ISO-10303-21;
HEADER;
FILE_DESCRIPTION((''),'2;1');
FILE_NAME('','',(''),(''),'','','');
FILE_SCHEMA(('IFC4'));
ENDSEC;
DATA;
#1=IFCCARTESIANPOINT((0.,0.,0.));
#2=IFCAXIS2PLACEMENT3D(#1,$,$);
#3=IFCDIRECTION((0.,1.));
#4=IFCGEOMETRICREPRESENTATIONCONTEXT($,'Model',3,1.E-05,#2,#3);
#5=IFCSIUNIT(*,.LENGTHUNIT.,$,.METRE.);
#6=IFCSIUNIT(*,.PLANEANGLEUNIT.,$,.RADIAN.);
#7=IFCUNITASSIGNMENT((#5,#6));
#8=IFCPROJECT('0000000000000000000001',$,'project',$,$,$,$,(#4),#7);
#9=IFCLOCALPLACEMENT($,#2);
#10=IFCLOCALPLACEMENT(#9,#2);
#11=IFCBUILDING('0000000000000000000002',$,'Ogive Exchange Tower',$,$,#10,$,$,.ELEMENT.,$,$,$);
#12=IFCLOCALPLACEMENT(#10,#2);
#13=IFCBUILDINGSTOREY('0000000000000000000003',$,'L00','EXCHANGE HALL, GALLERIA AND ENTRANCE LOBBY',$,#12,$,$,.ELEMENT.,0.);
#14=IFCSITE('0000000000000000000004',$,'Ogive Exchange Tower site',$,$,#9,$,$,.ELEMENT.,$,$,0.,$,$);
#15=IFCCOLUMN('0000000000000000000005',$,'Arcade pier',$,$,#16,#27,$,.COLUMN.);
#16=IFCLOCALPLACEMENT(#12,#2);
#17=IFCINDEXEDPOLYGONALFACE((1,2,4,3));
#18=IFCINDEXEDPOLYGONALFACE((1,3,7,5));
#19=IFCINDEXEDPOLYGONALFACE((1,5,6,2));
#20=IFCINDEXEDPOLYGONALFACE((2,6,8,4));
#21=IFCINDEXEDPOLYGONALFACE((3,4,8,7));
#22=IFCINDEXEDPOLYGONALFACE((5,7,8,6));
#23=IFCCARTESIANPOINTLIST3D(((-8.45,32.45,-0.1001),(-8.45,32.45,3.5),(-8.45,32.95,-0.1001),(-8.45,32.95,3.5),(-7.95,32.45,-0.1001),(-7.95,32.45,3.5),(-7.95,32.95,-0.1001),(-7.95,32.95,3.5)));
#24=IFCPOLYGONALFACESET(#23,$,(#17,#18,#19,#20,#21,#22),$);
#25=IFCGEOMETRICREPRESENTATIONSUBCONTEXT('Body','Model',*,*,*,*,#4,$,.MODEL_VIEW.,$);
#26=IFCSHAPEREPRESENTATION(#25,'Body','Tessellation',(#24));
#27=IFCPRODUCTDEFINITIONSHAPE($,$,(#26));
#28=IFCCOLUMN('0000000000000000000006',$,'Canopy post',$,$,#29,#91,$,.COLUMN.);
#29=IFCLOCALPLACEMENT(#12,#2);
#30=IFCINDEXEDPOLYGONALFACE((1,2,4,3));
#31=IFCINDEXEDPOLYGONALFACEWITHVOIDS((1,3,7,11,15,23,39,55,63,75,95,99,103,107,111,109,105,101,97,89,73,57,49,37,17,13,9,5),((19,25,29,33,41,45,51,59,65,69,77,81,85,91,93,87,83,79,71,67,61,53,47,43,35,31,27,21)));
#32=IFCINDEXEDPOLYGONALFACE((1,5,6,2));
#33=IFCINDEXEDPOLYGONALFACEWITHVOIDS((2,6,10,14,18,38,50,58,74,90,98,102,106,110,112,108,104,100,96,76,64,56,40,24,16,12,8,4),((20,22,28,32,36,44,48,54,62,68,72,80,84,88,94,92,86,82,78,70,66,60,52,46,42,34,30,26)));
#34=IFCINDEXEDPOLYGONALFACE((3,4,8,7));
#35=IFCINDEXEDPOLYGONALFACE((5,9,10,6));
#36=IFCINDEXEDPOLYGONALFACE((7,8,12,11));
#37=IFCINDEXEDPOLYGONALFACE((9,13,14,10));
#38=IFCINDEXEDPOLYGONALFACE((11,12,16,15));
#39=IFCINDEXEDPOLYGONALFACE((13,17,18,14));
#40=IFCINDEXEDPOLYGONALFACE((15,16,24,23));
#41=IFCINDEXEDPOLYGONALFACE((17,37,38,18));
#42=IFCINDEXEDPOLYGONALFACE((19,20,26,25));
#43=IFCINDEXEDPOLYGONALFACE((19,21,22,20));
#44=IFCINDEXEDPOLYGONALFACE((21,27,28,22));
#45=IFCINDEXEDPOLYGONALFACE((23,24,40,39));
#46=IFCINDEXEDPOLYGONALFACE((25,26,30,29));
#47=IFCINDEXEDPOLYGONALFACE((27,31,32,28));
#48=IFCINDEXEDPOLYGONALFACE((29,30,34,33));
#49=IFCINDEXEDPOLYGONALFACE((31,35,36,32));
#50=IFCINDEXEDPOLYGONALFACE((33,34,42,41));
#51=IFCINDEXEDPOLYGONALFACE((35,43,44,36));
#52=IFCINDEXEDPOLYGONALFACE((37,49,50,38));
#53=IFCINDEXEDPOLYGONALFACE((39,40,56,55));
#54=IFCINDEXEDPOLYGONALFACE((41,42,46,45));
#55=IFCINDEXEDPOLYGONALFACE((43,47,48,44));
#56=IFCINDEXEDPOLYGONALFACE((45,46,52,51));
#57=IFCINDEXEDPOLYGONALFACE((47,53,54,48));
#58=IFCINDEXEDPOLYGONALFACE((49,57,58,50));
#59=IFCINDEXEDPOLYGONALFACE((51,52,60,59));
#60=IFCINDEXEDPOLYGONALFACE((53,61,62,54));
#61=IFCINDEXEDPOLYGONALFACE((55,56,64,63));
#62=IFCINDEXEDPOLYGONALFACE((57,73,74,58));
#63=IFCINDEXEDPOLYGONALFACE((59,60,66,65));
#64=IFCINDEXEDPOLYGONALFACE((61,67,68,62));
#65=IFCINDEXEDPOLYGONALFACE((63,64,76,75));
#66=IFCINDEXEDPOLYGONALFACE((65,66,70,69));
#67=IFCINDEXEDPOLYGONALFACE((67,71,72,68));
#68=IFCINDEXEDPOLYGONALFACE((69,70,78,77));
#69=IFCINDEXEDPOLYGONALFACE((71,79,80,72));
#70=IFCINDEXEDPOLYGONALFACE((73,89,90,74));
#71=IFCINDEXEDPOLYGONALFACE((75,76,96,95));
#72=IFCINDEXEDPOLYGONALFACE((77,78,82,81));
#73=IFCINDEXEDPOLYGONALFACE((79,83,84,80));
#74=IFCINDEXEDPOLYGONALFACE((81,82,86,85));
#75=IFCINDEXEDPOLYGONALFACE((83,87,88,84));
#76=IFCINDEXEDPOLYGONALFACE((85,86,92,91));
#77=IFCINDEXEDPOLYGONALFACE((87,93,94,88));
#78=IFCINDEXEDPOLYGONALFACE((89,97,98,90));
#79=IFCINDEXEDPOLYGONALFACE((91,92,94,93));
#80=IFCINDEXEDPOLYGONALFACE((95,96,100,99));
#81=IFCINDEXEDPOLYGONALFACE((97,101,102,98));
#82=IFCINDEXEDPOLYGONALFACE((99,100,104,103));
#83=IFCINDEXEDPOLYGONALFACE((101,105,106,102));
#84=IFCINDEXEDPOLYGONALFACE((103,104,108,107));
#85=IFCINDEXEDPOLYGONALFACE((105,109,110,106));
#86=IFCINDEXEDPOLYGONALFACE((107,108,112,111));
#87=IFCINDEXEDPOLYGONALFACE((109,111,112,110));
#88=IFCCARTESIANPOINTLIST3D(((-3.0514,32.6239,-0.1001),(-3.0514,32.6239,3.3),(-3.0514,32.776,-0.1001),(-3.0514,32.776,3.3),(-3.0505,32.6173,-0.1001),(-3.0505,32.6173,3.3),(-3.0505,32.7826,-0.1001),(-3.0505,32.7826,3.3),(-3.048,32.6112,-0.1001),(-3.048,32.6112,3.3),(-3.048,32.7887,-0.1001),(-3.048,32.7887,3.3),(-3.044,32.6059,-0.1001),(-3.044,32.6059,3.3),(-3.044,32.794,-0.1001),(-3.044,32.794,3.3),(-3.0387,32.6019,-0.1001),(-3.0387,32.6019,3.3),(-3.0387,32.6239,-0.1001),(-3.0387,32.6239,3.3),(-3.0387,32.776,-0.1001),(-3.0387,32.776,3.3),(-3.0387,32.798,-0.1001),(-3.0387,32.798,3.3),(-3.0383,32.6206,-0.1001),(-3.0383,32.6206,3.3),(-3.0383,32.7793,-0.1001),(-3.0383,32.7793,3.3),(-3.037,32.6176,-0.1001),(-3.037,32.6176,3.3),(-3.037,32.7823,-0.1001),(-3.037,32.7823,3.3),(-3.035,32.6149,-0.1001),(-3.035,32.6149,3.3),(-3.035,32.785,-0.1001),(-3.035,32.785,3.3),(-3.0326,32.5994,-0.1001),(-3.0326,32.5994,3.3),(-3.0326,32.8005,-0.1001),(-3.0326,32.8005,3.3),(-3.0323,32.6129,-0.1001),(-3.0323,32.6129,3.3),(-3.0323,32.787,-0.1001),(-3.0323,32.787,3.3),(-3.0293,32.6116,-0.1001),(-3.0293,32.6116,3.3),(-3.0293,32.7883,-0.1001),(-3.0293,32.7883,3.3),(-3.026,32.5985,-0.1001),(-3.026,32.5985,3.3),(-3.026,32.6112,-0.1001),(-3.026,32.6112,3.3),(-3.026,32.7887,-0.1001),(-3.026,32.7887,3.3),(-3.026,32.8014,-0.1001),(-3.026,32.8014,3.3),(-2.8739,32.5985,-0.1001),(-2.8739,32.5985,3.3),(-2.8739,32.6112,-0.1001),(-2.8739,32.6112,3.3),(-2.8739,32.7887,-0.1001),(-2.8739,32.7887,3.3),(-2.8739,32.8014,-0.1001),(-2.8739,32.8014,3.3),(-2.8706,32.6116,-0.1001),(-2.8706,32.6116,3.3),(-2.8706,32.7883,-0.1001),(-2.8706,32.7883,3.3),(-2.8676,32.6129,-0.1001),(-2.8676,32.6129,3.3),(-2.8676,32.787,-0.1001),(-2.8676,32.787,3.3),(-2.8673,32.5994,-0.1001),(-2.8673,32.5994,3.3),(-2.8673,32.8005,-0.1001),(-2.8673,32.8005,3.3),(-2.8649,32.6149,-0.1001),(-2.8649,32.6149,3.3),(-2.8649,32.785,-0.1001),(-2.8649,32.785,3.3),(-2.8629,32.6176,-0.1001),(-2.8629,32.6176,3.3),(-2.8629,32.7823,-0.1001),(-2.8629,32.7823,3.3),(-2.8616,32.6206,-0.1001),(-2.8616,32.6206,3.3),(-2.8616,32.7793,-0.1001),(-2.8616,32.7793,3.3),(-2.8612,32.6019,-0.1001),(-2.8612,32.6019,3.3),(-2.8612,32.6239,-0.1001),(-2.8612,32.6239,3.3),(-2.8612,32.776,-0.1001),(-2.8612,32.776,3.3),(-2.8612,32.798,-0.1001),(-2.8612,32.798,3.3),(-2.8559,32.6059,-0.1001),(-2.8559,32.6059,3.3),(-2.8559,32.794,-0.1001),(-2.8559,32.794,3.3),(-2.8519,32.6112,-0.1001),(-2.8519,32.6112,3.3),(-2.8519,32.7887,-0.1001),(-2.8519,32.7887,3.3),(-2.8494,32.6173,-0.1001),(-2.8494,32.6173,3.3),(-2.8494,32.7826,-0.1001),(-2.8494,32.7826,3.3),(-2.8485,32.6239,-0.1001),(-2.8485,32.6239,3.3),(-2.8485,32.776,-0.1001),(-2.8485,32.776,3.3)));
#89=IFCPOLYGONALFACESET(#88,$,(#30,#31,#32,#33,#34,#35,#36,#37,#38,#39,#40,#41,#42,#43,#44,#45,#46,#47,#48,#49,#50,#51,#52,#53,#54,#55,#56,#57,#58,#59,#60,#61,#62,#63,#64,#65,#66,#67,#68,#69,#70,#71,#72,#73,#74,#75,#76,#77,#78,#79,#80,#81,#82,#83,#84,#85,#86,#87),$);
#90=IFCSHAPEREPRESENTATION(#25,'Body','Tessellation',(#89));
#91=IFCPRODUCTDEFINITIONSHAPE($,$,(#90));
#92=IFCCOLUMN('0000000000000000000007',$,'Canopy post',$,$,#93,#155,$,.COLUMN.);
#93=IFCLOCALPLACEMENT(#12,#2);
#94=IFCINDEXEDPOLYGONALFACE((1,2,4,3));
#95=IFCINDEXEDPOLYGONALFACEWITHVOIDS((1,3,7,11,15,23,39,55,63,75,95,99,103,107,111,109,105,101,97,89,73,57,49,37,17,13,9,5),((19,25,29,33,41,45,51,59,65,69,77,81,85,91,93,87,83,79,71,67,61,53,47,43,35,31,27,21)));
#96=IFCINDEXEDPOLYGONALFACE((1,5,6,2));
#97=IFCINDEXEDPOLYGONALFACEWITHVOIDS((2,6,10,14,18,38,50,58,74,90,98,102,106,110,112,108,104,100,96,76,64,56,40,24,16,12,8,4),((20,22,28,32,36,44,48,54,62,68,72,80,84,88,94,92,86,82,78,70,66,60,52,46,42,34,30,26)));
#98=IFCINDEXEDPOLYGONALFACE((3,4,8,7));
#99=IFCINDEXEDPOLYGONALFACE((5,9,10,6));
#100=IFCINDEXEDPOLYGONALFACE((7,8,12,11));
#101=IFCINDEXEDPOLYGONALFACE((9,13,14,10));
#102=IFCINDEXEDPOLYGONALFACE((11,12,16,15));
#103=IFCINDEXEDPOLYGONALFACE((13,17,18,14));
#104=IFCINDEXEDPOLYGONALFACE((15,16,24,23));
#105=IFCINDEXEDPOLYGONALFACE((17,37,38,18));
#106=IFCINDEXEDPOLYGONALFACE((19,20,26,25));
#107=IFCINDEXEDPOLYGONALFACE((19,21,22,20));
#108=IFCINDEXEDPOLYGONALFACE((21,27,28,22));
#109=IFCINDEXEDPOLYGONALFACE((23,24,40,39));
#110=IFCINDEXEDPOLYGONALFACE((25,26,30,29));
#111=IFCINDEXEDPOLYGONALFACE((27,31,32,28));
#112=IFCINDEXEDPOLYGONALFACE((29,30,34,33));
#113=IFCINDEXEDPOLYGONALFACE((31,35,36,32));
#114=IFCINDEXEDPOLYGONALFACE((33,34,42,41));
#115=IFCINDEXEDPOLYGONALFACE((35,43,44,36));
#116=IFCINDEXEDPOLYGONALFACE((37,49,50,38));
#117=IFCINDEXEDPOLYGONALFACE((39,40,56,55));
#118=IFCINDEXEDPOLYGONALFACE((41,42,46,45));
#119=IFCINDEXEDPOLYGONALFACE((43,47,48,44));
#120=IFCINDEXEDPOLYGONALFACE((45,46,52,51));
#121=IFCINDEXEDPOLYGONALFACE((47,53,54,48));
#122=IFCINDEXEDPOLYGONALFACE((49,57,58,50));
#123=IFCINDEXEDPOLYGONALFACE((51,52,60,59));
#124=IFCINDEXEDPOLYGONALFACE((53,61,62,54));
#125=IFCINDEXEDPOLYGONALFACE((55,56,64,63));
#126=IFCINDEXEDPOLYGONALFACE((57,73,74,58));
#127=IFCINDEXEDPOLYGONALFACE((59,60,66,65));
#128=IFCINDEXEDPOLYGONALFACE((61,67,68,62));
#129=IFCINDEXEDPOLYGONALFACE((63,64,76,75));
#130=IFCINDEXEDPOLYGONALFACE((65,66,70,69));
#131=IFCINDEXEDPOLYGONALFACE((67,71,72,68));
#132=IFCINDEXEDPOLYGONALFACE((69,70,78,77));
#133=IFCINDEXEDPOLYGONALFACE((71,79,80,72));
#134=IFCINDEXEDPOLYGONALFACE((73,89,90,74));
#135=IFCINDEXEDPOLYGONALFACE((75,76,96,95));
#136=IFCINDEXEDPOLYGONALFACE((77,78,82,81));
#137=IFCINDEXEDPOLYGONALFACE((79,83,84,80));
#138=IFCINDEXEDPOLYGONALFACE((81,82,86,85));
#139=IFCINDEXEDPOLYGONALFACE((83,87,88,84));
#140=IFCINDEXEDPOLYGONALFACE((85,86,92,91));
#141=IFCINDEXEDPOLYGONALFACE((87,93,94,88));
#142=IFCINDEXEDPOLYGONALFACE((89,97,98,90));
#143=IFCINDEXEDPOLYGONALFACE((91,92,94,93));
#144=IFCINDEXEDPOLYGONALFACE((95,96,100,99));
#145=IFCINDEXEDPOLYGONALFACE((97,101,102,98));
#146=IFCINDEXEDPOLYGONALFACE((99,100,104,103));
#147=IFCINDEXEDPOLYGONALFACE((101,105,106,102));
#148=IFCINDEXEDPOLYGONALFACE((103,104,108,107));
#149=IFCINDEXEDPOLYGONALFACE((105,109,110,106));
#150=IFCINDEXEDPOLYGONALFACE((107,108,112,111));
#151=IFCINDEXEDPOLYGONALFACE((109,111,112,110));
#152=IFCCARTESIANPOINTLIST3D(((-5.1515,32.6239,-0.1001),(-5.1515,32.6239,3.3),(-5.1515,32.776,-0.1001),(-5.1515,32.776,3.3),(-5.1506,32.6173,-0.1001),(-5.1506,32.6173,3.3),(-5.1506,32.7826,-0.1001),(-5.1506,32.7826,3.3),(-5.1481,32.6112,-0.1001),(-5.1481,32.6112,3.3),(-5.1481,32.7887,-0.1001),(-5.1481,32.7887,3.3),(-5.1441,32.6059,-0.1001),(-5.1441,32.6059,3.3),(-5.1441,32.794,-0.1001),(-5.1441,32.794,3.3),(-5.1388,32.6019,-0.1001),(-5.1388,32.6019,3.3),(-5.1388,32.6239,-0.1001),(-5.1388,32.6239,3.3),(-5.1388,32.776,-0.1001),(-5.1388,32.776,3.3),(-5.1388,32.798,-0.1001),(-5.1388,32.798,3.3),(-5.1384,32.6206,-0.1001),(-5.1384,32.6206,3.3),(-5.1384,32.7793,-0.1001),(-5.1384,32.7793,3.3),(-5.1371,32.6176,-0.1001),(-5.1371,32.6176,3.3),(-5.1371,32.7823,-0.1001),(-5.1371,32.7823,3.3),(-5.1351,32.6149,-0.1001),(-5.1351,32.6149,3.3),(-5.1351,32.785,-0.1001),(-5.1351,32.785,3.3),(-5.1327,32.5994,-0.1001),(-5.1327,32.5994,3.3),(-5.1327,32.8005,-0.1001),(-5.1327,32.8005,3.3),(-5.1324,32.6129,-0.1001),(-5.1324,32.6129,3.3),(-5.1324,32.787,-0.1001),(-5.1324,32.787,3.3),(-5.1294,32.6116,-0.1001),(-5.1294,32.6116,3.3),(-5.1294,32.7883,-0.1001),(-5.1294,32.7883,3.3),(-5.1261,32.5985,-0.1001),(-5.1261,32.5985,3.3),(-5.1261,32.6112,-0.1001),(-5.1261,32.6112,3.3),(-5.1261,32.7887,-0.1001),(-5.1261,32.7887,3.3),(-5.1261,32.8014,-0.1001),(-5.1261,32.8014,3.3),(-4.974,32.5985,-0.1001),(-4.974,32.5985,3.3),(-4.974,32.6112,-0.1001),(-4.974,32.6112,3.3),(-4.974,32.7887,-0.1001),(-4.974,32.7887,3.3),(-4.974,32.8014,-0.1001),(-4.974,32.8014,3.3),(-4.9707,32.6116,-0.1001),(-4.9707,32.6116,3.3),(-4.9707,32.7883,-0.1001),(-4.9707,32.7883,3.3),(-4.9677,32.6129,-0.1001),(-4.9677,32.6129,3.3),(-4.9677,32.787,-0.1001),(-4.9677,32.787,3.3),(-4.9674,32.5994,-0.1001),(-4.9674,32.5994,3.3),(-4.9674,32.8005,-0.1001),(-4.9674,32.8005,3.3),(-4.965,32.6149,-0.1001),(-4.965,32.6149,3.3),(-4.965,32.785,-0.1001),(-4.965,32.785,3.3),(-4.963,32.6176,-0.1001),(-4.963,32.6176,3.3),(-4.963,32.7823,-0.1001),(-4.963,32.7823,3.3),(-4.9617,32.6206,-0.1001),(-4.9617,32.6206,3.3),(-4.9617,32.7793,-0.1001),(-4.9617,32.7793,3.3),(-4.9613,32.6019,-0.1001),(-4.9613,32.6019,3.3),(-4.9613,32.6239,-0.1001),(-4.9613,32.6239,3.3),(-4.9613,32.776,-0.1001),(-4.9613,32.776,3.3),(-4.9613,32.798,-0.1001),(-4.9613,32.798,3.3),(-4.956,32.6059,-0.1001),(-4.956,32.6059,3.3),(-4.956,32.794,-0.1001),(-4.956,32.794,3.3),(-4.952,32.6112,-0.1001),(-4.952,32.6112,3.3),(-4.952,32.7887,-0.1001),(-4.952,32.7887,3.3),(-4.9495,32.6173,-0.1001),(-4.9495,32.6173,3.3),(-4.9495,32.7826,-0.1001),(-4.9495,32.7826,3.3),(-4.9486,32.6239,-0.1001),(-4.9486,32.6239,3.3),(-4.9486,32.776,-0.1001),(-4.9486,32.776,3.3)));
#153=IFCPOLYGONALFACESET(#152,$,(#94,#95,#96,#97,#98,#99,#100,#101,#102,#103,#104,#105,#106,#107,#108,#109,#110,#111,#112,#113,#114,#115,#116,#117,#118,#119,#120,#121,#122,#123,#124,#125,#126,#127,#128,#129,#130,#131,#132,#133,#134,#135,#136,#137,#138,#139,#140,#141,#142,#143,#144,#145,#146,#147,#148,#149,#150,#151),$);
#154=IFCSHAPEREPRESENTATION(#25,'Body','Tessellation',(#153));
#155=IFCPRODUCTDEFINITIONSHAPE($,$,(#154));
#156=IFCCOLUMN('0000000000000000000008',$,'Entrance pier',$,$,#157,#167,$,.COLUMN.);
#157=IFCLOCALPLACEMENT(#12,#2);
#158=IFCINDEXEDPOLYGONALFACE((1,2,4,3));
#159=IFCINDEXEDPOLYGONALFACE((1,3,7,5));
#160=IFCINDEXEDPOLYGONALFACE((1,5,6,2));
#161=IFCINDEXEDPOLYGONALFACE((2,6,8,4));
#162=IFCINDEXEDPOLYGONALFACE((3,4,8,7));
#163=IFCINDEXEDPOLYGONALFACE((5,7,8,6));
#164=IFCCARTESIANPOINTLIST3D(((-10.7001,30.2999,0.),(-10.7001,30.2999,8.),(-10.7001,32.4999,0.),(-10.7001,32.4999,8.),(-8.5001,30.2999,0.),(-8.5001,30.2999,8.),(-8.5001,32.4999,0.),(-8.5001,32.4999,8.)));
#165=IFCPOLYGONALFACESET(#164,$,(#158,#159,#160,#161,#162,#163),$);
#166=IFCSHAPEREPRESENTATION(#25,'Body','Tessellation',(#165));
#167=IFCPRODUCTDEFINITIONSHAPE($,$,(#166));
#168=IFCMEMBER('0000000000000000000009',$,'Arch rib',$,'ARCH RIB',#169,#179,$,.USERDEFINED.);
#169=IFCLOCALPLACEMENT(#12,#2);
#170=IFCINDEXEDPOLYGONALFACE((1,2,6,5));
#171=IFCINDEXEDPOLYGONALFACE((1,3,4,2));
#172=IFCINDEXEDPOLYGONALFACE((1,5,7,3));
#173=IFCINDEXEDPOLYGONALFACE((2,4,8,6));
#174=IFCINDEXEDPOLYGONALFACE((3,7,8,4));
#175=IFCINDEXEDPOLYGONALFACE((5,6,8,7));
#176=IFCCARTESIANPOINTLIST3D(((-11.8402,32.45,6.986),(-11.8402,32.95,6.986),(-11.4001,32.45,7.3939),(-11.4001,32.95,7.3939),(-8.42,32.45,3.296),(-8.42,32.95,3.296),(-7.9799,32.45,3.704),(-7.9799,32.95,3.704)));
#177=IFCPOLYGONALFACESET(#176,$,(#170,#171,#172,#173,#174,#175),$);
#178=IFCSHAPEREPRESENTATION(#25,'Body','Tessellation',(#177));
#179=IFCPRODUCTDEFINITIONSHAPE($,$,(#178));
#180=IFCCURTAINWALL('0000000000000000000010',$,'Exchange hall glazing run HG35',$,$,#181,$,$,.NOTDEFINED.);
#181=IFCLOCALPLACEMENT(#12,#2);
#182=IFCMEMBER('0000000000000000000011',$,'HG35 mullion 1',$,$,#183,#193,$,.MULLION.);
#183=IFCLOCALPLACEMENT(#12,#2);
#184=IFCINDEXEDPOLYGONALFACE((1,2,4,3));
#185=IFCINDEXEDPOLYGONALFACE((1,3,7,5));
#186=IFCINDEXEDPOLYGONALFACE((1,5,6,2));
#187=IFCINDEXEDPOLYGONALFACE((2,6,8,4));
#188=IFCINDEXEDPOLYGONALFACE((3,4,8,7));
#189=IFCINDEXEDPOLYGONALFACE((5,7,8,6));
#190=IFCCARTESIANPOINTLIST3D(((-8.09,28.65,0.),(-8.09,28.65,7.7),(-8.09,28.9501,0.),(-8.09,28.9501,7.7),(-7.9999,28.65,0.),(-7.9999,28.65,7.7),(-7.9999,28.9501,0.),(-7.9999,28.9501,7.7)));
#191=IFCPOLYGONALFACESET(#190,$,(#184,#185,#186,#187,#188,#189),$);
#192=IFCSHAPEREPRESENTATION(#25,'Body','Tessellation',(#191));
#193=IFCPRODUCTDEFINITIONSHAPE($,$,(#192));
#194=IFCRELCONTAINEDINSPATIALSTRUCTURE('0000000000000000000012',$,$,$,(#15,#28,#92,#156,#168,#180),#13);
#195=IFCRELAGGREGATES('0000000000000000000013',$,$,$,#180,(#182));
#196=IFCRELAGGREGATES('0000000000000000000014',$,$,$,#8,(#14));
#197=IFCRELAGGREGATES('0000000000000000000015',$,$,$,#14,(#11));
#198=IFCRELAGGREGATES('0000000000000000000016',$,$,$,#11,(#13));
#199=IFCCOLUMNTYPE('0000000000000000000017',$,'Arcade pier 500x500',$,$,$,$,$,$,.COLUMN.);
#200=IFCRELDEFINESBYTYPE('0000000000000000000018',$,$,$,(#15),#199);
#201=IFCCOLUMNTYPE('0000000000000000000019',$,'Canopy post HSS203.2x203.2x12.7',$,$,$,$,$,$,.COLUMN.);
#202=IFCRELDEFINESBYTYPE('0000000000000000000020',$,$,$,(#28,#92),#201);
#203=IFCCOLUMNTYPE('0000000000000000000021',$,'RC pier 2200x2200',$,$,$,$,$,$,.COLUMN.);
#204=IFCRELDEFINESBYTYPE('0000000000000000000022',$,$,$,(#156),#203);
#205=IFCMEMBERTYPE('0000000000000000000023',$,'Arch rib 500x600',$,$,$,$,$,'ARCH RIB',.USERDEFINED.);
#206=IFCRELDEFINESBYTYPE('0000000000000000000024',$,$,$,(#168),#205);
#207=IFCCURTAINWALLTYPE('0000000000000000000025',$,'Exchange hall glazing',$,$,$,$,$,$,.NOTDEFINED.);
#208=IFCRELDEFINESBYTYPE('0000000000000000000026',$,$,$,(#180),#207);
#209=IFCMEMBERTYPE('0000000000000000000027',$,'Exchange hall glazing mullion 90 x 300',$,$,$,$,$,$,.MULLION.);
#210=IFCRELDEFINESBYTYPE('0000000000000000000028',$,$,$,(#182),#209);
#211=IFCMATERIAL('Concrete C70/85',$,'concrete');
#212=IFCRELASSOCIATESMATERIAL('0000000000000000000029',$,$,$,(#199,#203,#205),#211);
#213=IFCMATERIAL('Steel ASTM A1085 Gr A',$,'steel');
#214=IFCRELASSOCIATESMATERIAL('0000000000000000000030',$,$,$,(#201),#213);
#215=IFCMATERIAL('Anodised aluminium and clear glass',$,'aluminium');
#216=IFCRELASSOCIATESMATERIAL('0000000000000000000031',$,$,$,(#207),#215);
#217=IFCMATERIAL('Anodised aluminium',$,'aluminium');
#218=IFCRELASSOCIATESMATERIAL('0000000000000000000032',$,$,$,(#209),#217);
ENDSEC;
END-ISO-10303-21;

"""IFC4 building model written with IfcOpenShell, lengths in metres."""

from ifc_helpers import new_model, si_unit, direction, frame, origin, origin_2d, place, context, subcontext, project, spatial, rectangle, hollow_rectangle, extrude, material, material_profile, profile_set, type_object, element, aggregate, save


model = new_model("IFC4")

# Units and contexts
model_context = context("Model", 3, precision=1e-05, world=origin(), true_north=direction((0.0, 1.0)))
body_context = subcontext(model_context, "Body", "Model", "MODEL_VIEW")
ifc_project = project(units=[si_unit("LENGTHUNIT", "METRE"), si_unit("PLANEANGLEUNIT", "RADIAN")], contexts=[model_context])

# Site, building, storey
site_placement = place(None, origin())
site = spatial("IfcSite", under=ifc_project, at=site_placement, Name="Ogive Exchange Tower site", CompositionType="ELEMENT", RefElevation=0.0)
building_placement = place(site_placement, origin())
building = spatial("IfcBuilding", under=site, at=building_placement, Name="Ogive Exchange Tower", CompositionType="ELEMENT")
storey_placement = place(building_placement, origin())
storey = spatial("IfcBuildingStorey", under=building, at=storey_placement, Name="L00", Description="EXCHANGE HALL, GALLERIA AND ENTRANCE LOBBY", CompositionType="ELEMENT", Elevation=0.0)

# Columns
ifc_material_1 = material(Name="Concrete C70/85", Category="concrete")
ifc_material_profile_1 = material_profile(ifc_material_1, rectangle(XDim=0.5, YDim=0.5, at=origin_2d()), Name="RC 500x500")
ifc_profile_set_1 = profile_set([ifc_material_profile_1], Name="Concrete C70/85")
column_type_1 = type_object("IfcColumnType", Name="Arcade pier 500x500", PredefinedType="COLUMN", material=ifc_profile_set_1)
column_1_placement = place(storey_placement, frame((-8.2, 32.7, -0.1001), z_axis=(0.0, 0.0, 1.0), x_axis=(1.0, 0.0, 0.0)))
element("IfcColumn", 1, at=column_1_placement, inside=storey, type_object=column_type_1, Name="Arcade pier", PredefinedType="COLUMN", context=body_context, shape_type="SweptSolid", body=[
    extrude(rectangle(XDim=0.5, YDim=0.5, at=origin_2d()), origin(), (0.0, 0.0, 1.0), 3.6001),
])
ifc_material_2 = material(Name="Steel ASTM A1085 Gr A", Category="steel")
ifc_material_profile_2 = material_profile(ifc_material_2, hollow_rectangle(XDim=0.2029, YDim=0.2029, WallThickness=0.0127, InnerFilletRadius=0.0127, OuterFilletRadius=0.0254, at=origin_2d()), Name="HSS203.2x203.2x12.7")
ifc_profile_set_2 = profile_set([ifc_material_profile_2], Name="Steel ASTM A1085 Gr A")
column_type_2 = type_object("IfcColumnType", Name="Canopy post HSS203.2x203.2x12.7", PredefinedType="COLUMN", material=ifc_profile_set_2)
for number, where, z_axis, x_axis, name in (
    (2, (-2.95, 32.7, -0.1001), (0.0, 0.0, 1.0), (-1.0, 0.0, 0.0), "Canopy post"),
    (3, (-5.05, 32.7, -0.1001), (0.0, 0.0, 1.0), (-1.0, 0.0, 0.0), "Canopy post"),
):
    element("IfcColumn", number, at=place(storey_placement, frame(where, z_axis=z_axis, x_axis=x_axis)), inside=storey, type_object=column_type_2, Name=name, PredefinedType="COLUMN", context=body_context, shape_type="SweptSolid", body=[
        extrude(hollow_rectangle(XDim=0.2029, YDim=0.2029, WallThickness=0.0127, InnerFilletRadius=0.0127, OuterFilletRadius=0.0254, at=origin_2d()), origin(), (0.0, 0.0, 1.0), 3.4001),
    ])
ifc_material_profile_3 = material_profile(ifc_material_1, rectangle(XDim=2.2, YDim=2.2, at=origin_2d()), Name="RC 2200x2200")
ifc_profile_set_3 = profile_set([ifc_material_profile_3], Name="Concrete C70/85")
column_type_3 = type_object("IfcColumnType", Name="RC pier 2200x2200", PredefinedType="COLUMN", material=ifc_profile_set_3)
column_2_placement = place(storey_placement, frame((-9.6001, 31.3999, 0.0), z_axis=(0.0, 0.0, 1.0), x_axis=(1.0, 0.0, 0.0)))
element("IfcColumn", 4, at=column_2_placement, inside=storey, type_object=column_type_3, Name="Entrance pier", PredefinedType="COLUMN", context=body_context, shape_type="SweptSolid", body=[
    extrude(rectangle(XDim=2.2, YDim=2.2, at=origin_2d()), origin(), (0.0, 0.0, 1.0), 8.0),
])

# Member
ifc_material_profile_4 = material_profile(ifc_material_1, rectangle(XDim=0.5, YDim=0.6001, at=origin_2d()), Name="PC 500x600")
ifc_profile_set_4 = profile_set([ifc_material_profile_4], Name="Concrete C70/85")
member_type_1 = type_object("IfcMemberType", Name="Arch rib 500x600", ElementType="ARCH RIB", PredefinedType="USERDEFINED", material=ifc_profile_set_4)
member_1_placement = place(storey_placement, frame((-8.2, 32.7, 3.5), z_axis=(-0.679788, 0.0, 0.733408), x_axis=(0.0, -1.0, 0.0)))
element("IfcMember", 5, at=member_1_placement, inside=storey, type_object=member_type_1, Name="Arch rib", ObjectType="ARCH RIB", PredefinedType="USERDEFINED", context=body_context, shape_type="SweptSolid", body=[
    extrude(rectangle(XDim=0.5, YDim=0.6001, at=origin_2d()), origin(), (0.0, 0.0, 1.0), 5.0312),
])

# Curtain wall, member
ifc_material_3 = material(Name="Anodised aluminium and clear glass", Category="aluminium")
curtain_wall_type = type_object("IfcCurtainWallType", Name="Exchange hall glazing", PredefinedType="NOTDEFINED", material=ifc_material_3)
curtain_wall_placement = place(storey_placement, origin())
curtain_wall = element("IfcCurtainWall", 6, at=curtain_wall_placement, inside=storey, type_object=curtain_wall_type, Name="Exchange hall glazing run HG35", PredefinedType="NOTDEFINED")
ifc_material_4 = material(Name="Anodised aluminium", Category="aluminium")
ifc_material_profile_5 = material_profile(ifc_material_4, rectangle(XDim=0.3, YDim=0.0901, at=origin_2d()), Name="AL 90x300")
ifc_profile_set_5 = profile_set([ifc_material_profile_5], Name="Anodised aluminium")
member_type_2 = type_object("IfcMemberType", Name="Exchange hall glazing mullion 90 x 300", PredefinedType="MULLION", material=ifc_profile_set_5)
member_2_placement = place(storey_placement, frame((-8.0449, 28.8, 0.0), z_axis=(0.0, 0.0, 1.0), x_axis=(0.0, -1.0, 0.0)))
member_2 = element("IfcMember", 7, at=member_2_placement, type_object=member_type_2, Name="HG35 mullion 1", PredefinedType="MULLION", context=body_context, shape_type="SweptSolid", body=[
    extrude(rectangle(XDim=0.3, YDim=0.0901, at=origin_2d()), origin(), (0.0, 0.0, 1.0), 7.7),
])

aggregate(curtain_wall, [member_2])

save(model, "model.ifc")
